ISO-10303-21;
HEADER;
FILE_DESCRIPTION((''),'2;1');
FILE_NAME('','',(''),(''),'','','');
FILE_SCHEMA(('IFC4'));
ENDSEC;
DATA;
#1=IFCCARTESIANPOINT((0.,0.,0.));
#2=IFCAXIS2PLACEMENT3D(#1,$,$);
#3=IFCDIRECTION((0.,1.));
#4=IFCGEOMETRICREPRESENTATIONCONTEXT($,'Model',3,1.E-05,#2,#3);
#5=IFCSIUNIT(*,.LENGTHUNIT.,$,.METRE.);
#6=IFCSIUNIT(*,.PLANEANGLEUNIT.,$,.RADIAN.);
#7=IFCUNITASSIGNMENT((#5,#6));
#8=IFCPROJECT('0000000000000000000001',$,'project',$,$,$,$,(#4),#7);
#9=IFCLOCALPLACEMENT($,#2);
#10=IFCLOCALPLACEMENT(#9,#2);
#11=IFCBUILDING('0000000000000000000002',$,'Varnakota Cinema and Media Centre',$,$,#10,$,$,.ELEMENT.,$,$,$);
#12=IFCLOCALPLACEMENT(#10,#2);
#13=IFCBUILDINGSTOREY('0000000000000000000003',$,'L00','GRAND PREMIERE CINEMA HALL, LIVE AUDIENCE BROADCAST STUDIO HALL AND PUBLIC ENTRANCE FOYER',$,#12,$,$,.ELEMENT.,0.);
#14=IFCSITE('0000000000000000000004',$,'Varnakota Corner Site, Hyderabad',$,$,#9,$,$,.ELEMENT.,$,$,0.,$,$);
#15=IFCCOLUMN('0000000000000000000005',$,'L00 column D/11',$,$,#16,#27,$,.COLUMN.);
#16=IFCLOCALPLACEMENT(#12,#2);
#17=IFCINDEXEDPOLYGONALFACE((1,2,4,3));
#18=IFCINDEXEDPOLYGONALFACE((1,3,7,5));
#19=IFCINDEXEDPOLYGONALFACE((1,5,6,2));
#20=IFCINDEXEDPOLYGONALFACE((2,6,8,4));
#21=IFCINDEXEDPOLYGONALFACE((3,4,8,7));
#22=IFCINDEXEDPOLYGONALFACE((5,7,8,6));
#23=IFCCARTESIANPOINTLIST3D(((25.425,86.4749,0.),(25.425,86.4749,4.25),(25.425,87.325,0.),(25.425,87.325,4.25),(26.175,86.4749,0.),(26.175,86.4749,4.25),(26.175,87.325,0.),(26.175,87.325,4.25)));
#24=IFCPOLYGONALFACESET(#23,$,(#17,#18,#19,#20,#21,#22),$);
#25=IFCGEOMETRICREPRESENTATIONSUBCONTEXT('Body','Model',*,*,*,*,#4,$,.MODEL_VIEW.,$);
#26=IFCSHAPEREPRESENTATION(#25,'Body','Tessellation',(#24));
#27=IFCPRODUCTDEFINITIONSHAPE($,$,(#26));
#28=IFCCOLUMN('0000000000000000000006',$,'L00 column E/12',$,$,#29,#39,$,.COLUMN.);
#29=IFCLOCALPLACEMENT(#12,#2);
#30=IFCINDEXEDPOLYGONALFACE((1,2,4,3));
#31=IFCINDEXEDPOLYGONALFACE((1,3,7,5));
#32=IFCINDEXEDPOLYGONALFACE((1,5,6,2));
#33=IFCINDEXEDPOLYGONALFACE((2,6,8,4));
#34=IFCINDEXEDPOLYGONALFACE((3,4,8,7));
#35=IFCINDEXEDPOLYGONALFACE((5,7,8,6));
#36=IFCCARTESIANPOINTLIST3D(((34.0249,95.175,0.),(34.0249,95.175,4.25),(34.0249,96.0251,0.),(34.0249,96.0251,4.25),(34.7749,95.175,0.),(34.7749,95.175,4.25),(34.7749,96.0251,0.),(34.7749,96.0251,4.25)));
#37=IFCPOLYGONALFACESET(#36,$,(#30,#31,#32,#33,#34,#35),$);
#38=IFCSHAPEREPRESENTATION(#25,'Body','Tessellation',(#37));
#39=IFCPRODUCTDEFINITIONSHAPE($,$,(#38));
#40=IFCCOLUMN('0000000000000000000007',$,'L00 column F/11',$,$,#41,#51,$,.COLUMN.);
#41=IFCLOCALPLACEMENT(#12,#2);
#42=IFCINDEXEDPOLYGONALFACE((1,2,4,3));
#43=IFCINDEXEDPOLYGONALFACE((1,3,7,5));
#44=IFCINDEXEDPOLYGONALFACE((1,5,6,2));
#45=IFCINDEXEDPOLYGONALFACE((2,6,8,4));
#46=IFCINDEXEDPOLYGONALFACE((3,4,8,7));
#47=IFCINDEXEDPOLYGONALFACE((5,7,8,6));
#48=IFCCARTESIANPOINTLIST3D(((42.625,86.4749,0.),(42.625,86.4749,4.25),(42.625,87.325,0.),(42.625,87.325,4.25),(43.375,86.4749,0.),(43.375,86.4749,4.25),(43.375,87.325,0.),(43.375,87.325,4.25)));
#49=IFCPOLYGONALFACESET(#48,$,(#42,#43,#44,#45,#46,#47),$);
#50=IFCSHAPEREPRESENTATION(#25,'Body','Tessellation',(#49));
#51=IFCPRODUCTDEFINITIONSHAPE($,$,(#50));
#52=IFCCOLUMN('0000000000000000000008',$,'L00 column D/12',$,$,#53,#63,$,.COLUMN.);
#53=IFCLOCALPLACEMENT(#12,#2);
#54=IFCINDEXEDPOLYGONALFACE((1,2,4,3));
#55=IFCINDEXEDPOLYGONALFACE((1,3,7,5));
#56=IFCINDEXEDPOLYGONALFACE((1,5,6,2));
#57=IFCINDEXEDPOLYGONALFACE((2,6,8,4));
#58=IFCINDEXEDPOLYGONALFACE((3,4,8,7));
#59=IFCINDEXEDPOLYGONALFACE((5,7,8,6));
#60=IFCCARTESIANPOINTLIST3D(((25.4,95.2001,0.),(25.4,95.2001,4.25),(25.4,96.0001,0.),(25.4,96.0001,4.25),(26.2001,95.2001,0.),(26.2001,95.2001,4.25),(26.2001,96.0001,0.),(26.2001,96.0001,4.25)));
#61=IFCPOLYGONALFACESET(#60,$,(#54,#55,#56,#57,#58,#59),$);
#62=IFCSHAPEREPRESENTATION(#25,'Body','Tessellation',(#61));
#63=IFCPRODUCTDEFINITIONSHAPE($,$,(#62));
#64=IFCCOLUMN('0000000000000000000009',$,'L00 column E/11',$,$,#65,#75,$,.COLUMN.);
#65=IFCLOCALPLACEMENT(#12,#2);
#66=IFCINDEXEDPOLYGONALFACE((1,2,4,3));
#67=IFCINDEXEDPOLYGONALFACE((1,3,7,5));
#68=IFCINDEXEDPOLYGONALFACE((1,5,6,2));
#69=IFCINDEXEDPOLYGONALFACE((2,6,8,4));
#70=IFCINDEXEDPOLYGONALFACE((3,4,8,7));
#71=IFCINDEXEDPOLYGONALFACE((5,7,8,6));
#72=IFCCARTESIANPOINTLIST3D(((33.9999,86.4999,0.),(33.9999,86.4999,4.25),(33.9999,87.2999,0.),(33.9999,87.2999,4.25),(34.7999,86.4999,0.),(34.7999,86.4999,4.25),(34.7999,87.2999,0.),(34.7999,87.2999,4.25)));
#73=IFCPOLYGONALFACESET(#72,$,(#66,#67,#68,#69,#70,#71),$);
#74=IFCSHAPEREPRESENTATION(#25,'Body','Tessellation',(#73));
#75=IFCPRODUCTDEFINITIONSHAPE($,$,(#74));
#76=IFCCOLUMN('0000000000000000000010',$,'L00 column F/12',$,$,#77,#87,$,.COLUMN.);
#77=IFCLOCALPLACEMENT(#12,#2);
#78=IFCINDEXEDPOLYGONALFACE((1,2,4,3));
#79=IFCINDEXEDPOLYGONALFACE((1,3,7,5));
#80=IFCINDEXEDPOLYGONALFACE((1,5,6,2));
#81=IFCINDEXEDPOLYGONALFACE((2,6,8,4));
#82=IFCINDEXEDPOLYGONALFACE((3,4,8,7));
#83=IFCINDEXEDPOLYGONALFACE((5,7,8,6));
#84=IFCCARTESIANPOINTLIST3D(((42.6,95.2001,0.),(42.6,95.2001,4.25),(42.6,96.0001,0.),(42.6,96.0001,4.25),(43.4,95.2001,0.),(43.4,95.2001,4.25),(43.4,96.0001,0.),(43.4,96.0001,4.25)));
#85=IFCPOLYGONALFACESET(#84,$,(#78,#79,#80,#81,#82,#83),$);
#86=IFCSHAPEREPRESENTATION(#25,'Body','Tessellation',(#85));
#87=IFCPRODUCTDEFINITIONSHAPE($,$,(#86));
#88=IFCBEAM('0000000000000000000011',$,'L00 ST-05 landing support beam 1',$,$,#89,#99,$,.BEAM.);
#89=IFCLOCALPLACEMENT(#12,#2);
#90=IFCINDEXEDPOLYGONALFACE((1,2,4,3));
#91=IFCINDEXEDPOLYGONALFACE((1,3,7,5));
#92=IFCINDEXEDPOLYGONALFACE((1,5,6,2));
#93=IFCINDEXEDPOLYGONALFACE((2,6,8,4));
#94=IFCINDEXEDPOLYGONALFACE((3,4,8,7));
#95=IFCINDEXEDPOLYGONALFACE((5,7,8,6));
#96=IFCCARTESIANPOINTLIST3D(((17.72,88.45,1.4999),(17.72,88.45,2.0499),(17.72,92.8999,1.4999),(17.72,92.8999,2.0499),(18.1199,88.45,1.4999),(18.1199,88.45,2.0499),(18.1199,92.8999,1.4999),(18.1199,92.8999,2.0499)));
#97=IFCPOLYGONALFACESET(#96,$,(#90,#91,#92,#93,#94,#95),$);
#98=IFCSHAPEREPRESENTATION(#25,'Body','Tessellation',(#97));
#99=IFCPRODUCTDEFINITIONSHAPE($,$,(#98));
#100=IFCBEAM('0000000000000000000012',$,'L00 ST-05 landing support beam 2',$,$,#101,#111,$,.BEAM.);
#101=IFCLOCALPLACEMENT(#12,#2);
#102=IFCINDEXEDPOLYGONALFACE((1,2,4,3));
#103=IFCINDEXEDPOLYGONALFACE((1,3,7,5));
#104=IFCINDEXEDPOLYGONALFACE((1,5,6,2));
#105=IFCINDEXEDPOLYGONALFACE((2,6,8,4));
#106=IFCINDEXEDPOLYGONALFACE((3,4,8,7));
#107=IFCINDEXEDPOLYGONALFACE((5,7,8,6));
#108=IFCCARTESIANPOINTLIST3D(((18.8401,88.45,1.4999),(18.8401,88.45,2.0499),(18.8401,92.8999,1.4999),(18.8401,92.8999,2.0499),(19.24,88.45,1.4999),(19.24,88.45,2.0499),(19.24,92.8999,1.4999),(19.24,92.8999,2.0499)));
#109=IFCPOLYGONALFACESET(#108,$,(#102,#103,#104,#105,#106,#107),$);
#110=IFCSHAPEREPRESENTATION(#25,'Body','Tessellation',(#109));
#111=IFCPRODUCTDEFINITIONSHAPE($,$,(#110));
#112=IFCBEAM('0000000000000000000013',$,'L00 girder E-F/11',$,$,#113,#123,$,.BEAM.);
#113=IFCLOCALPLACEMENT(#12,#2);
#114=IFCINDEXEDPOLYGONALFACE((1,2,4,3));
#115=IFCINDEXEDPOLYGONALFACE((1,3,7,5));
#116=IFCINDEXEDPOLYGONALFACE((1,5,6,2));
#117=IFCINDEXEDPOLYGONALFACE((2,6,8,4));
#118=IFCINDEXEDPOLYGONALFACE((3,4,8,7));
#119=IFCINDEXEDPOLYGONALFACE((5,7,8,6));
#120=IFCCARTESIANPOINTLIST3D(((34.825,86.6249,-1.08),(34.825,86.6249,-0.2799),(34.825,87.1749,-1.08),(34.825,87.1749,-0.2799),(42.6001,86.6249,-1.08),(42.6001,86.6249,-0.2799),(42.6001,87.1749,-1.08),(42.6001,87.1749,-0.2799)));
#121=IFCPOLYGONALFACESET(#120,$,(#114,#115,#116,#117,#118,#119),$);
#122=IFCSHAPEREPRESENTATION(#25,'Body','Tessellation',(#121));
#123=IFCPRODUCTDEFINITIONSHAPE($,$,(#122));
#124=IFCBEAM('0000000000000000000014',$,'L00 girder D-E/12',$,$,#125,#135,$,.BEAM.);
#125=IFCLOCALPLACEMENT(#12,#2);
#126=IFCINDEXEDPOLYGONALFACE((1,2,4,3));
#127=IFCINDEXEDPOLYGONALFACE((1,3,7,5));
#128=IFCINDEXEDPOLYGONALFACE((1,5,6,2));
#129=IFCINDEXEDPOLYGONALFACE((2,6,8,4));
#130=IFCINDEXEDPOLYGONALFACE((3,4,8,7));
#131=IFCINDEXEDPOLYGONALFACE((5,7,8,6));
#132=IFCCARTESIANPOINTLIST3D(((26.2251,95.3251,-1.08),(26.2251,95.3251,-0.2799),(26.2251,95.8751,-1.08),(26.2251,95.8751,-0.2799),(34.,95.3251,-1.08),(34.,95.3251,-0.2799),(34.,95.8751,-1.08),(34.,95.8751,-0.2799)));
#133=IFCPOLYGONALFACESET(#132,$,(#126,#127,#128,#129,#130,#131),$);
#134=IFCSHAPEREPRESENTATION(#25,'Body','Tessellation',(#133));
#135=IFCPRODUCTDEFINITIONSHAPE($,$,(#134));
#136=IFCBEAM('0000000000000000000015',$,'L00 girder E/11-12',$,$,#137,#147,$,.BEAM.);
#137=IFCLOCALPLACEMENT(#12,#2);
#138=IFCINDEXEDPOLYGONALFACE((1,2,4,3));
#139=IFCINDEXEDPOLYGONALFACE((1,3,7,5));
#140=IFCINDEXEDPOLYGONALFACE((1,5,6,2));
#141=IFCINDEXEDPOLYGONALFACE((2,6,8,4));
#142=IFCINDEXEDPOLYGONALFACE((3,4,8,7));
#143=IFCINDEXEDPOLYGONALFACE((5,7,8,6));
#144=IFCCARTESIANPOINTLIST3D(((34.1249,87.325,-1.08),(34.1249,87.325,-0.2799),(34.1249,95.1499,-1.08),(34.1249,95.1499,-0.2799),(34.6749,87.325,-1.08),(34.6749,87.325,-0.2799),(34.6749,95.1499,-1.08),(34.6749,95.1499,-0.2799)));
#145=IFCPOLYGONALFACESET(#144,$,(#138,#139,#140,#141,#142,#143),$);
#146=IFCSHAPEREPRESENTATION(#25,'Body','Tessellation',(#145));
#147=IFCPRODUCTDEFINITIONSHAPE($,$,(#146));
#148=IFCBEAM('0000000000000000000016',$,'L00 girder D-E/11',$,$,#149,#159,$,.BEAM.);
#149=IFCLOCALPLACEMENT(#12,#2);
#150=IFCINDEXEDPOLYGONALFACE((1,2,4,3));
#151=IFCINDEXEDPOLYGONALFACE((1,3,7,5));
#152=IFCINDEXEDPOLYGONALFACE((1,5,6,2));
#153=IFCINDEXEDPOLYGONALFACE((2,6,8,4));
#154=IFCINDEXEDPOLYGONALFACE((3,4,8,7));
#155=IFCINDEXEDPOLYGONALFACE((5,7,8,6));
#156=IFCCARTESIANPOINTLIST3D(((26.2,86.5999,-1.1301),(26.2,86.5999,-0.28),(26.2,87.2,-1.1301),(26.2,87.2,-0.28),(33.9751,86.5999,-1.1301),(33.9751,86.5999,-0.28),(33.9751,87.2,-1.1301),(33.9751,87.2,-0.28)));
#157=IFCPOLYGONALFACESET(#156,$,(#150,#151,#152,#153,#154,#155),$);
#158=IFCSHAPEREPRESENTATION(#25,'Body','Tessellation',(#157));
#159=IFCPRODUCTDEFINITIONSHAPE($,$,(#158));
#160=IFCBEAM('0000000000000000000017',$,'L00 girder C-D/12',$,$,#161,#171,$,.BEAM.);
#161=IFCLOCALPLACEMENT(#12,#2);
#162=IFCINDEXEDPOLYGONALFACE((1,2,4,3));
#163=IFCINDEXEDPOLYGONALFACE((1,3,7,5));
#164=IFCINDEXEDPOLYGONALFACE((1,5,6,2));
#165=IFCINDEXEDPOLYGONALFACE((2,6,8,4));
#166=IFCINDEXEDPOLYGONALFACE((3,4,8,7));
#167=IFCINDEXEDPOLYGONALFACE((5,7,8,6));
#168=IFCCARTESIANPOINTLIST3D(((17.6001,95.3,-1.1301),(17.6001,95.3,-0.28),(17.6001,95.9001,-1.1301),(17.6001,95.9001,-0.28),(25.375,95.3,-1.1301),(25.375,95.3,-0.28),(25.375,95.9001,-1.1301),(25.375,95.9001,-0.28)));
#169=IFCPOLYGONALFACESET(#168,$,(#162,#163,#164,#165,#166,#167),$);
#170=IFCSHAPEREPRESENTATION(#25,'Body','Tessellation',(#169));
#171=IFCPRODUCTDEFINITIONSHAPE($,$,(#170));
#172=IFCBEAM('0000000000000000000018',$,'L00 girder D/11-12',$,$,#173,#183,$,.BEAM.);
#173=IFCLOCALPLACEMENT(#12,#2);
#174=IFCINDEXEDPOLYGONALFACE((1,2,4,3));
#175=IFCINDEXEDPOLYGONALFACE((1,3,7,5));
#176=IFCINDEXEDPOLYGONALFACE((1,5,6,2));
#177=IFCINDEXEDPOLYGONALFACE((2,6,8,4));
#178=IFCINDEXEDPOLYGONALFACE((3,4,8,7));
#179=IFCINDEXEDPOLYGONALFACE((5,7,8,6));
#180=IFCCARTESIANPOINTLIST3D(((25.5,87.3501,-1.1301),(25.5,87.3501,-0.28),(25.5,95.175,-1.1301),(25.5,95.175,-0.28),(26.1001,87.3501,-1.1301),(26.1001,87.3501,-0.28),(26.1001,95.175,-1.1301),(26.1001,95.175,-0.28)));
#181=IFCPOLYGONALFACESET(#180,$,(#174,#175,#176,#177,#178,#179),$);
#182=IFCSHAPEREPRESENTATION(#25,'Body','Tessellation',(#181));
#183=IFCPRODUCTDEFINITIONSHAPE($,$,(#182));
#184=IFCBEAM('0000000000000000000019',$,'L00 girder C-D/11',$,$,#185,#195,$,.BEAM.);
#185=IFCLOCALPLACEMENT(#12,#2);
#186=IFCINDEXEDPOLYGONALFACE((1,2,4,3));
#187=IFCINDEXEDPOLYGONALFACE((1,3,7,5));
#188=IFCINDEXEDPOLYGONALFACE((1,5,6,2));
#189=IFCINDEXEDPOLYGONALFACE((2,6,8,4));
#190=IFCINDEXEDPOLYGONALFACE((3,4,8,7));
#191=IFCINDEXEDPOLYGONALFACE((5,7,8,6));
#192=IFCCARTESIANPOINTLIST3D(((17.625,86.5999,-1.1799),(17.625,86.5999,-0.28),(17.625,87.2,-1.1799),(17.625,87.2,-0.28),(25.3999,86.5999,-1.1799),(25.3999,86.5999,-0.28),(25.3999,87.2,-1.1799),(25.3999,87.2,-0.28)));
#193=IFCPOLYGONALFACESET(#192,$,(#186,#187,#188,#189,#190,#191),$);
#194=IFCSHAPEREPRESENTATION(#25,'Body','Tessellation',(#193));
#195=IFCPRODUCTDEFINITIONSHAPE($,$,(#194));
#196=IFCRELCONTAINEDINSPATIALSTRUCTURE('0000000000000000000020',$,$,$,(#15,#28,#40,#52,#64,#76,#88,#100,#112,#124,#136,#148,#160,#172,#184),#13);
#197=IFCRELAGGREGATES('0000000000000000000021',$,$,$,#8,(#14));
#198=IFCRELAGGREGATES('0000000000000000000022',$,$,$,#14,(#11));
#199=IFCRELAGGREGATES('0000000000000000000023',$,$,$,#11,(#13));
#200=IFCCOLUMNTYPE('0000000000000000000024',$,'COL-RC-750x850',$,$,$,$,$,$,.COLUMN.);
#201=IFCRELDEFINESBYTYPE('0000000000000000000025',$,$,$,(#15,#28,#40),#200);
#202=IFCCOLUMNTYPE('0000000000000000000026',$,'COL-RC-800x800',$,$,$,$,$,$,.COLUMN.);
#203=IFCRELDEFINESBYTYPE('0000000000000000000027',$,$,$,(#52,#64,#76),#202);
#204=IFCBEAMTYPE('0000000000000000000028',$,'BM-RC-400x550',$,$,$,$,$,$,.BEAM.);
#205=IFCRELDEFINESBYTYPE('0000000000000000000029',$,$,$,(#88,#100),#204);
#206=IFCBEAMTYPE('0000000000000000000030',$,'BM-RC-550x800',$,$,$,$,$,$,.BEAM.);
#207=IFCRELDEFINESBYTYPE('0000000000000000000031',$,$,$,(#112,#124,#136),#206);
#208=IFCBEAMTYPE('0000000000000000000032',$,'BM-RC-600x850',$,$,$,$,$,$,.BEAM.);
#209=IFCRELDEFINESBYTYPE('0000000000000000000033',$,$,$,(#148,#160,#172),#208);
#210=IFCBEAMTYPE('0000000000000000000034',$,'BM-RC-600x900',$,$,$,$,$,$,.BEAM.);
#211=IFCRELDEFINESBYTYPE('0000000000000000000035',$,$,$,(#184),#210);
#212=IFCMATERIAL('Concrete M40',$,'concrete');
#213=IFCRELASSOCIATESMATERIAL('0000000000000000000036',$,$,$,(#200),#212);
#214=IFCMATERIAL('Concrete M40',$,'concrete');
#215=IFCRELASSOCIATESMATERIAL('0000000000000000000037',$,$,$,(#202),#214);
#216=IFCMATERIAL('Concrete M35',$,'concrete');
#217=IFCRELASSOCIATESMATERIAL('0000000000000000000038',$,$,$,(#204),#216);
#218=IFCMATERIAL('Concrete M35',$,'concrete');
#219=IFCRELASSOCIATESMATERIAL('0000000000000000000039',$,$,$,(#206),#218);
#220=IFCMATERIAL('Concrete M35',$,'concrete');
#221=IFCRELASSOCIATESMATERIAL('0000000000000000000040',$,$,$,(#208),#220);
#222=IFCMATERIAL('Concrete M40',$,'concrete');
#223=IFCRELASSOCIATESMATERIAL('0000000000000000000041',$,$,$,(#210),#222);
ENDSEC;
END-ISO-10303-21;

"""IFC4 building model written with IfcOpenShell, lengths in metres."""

from ifc_helpers import new_model, si_unit, direction, frame, origin, origin_2d, place, context, subcontext, project, spatial, rectangle, extrude, material, material_profile, profile_set, type_object, element, save


model = new_model("IFC4")

# Units and contexts
model_context = context("Model", 3, precision=1e-05, world=origin(), true_north=direction((0.0, 1.0)))
body_context = subcontext(model_context, "Body", "Model", "MODEL_VIEW")
ifc_project = project(units=[si_unit("LENGTHUNIT", "METRE"), si_unit("PLANEANGLEUNIT", "RADIAN")], contexts=[model_context])

# Site, building, storey
site_placement = place(None, origin())
site = spatial("IfcSite", under=ifc_project, at=site_placement, Name="Varnakota Corner Site, Hyderabad", CompositionType="ELEMENT", RefElevation=0.0)
building_placement = place(site_placement, origin())
building = spatial("IfcBuilding", under=site, at=building_placement, Name="Varnakota Cinema and Media Centre", CompositionType="ELEMENT")
storey_placement = place(building_placement, origin())
storey = spatial("IfcBuildingStorey", under=building, at=storey_placement, Name="L00", Description="GRAND PREMIERE CINEMA HALL, LIVE AUDIENCE BROADCAST STUDIO HALL AND PUBLIC ENTRANCE FOYER", CompositionType="ELEMENT", Elevation=0.0)

# Columns
ifc_material_1 = material(Name="Concrete M40", Category="concrete")
ifc_material_profile_1 = material_profile(ifc_material_1, rectangle(XDim=0.75, YDim=0.8501, at=origin_2d()), Name="RC 750x850")
ifc_profile_set_1 = profile_set([ifc_material_profile_1], Name="Concrete M40")
column_type_1 = type_object("IfcColumnType", Name="COL-RC-750x850", PredefinedType="COLUMN", material=ifc_profile_set_1)
for number, where, z_axis, x_axis, name in (
    (1, (25.8, 86.8999, 0.0), (0.0, 0.0, 1.0), (1.0, 0.0, 0.0), "L00 column D/11"),
    (2, (34.3999, 95.6001, 0.0), (0.0, 0.0, 1.0), (1.0, 0.0, 0.0), "L00 column E/12"),
    (3, (43.0, 86.8999, 0.0), (0.0, 0.0, 1.0), (1.0, 0.0, 0.0), "L00 column F/11"),
):
    element("IfcColumn", number, at=place(storey_placement, frame(where, z_axis=z_axis, x_axis=x_axis)), inside=storey, type_object=column_type_1, Name=name, PredefinedType="COLUMN", context=body_context, shape_type="SweptSolid", body=[
        extrude(rectangle(XDim=0.75, YDim=0.8501, at=origin_2d()), origin(), (0.0, 0.0, 1.0), 4.25),
    ])
ifc_material_2 = material(Name="Concrete M40", Category="concrete")
ifc_material_profile_2 = material_profile(ifc_material_2, rectangle(XDim=0.8, YDim=0.8, at=origin_2d()), Name="RC 800x800")
ifc_profile_set_2 = profile_set([ifc_material_profile_2], Name="Concrete M40")
column_type_2 = type_object("IfcColumnType", Name="COL-RC-800x800", PredefinedType="COLUMN", material=ifc_profile_set_2)
for number, where, z_axis, x_axis, name in (
    (4, (25.8, 95.6001, 0.0), (0.0, 0.0, 1.0), (1.0, 0.0, 0.0), "L00 column D/12"),
    (5, (34.3999, 86.8999, 0.0), (0.0, 0.0, 1.0), (1.0, 0.0, 0.0), "L00 column E/11"),
    (6, (43.0, 95.6001, 0.0), (0.0, 0.0, 1.0), (1.0, 0.0, 0.0), "L00 column F/12"),
):
    element("IfcColumn", number, at=place(storey_placement, frame(where, z_axis=z_axis, x_axis=x_axis)), inside=storey, type_object=column_type_2, Name=name, PredefinedType="COLUMN", context=body_context, shape_type="SweptSolid", body=[
        extrude(rectangle(XDim=0.8, YDim=0.8, at=origin_2d()), origin(), (0.0, 0.0, 1.0), 4.25),
    ])

# Beams
ifc_material_3 = material(Name="Concrete M35", Category="concrete")
ifc_material_profile_3 = material_profile(ifc_material_3, rectangle(XDim=0.3999, YDim=0.55, at=origin_2d()), Name="RCB 400x550")
ifc_profile_set_3 = profile_set([ifc_material_profile_3], Name="Concrete M35")
beam_type_1 = type_object("IfcBeamType", Name="BM-RC-400x550", PredefinedType="BEAM", material=ifc_profile_set_3)
for number, where, z_axis, x_axis, name in (
    (7, (17.9199, 88.45, 1.7749), (0.0, 1.0, 0.0), (-1.0, 0.0, 0.0), "L00 ST-05 landing support beam 1"),
    (8, (19.04, 88.45, 1.7749), (0.0, 1.0, 0.0), (-1.0, 0.0, 0.0), "L00 ST-05 landing support beam 2"),
):
    element("IfcBeam", number, at=place(storey_placement, frame(where, z_axis=z_axis, x_axis=x_axis)), inside=storey, type_object=beam_type_1, Name=name, PredefinedType="BEAM", context=body_context, shape_type="SweptSolid", body=[
        extrude(rectangle(XDim=0.3999, YDim=0.55, at=origin_2d()), origin(), (0.0, 0.0, 1.0), 4.45),
    ])
ifc_material_4 = material(Name="Concrete M35", Category="concrete")
ifc_material_profile_4 = material_profile(ifc_material_4, rectangle(XDim=0.55, YDim=0.8, at=origin_2d()), Name="RCB 550x800")
ifc_profile_set_4 = profile_set([ifc_material_profile_4], Name="Concrete M35")
beam_type_2 = type_object("IfcBeamType", Name="BM-RC-550x800", PredefinedType="BEAM", material=ifc_profile_set_4)
beam_1_placement = place(storey_placement, frame((34.825, 86.8999, -0.6799), z_axis=(1.0, 0.0, 0.0), x_axis=(0.0, 1.0, 0.0)))
element("IfcBeam", 9, at=beam_1_placement, inside=storey, type_object=beam_type_2, Name="L00 girder E-F/11", PredefinedType="BEAM", context=body_context, shape_type="SweptSolid", body=[
    extrude(rectangle(XDim=0.55, YDim=0.8, at=origin_2d()), origin(), (0.0, 0.0, 1.0), 7.7751),
])
beam_2_placement = place(storey_placement, frame((26.2251, 95.6001, -0.6799), z_axis=(1.0, 0.0, 0.0), x_axis=(0.0, 1.0, 0.0)))
element("IfcBeam", 10, at=beam_2_placement, inside=storey, type_object=beam_type_2, Name="L00 girder D-E/12", PredefinedType="BEAM", context=body_context, shape_type="SweptSolid", body=[
    extrude(rectangle(XDim=0.55, YDim=0.8, at=origin_2d()), origin(), (0.0, 0.0, 1.0), 7.7749),
])
beam_3_placement = place(storey_placement, frame((34.3999, 87.325, -0.6799), z_axis=(0.0, 1.0, 0.0), x_axis=(-1.0, 0.0, 0.0)))
element("IfcBeam", 11, at=beam_3_placement, inside=storey, type_object=beam_type_2, Name="L00 girder E/11-12", PredefinedType="BEAM", context=body_context, shape_type="SweptSolid", body=[
    extrude(rectangle(XDim=0.55, YDim=0.8, at=origin_2d()), origin(), (0.0, 0.0, 1.0), 7.825),
])
ifc_material_5 = material(Name="Concrete M35", Category="concrete")
ifc_material_profile_5 = material_profile(ifc_material_5, rectangle(XDim=0.6001, YDim=0.8501, at=origin_2d()), Name="RCB 600x850")
ifc_profile_set_5 = profile_set([ifc_material_profile_5], Name="Concrete M35")
beam_type_3 = type_object("IfcBeamType", Name="BM-RC-600x850", PredefinedType="BEAM", material=ifc_profile_set_5)
beam_4_placement = place(storey_placement, frame((26.2, 86.8999, -0.7051), z_axis=(1.0, 0.0, 0.0), x_axis=(0.0, 1.0, 0.0)))
element("IfcBeam", 12, at=beam_4_placement, inside=storey, type_object=beam_type_3, Name="L00 girder D-E/11", PredefinedType="BEAM", context=body_context, shape_type="SweptSolid", body=[
    extrude(rectangle(XDim=0.6001, YDim=0.8501, at=origin_2d()), origin(), (0.0, 0.0, 1.0), 7.7751),
])
beam_5_placement = place(storey_placement, frame((17.6001, 95.6001, -0.7051), z_axis=(1.0, 0.0, 0.0), x_axis=(0.0, 1.0, 0.0)))
element("IfcBeam", 13, at=beam_5_placement, inside=storey, type_object=beam_type_3, Name="L00 girder C-D/12", PredefinedType="BEAM", context=body_context, shape_type="SweptSolid", body=[
    extrude(rectangle(XDim=0.6001, YDim=0.8501, at=origin_2d()), origin(), (0.0, 0.0, 1.0), 7.7749),
])
beam_6_placement = place(storey_placement, frame((25.8, 87.3501, -0.7051), z_axis=(0.0, 1.0, 0.0), x_axis=(-1.0, 0.0, 0.0)))
element("IfcBeam", 14, at=beam_6_placement, inside=storey, type_object=beam_type_3, Name="L00 girder D/11-12", PredefinedType="BEAM", context=body_context, shape_type="SweptSolid", body=[
    extrude(rectangle(XDim=0.6001, YDim=0.8501, at=origin_2d()), origin(), (0.0, 0.0, 1.0), 7.825),
])
ifc_material_6 = material(Name="Concrete M40", Category="concrete")
ifc_material_profile_6 = material_profile(ifc_material_6, rectangle(XDim=0.6001, YDim=0.8999, at=origin_2d()), Name="RCB 600x900")
ifc_profile_set_6 = profile_set([ifc_material_profile_6], Name="Concrete M40")
beam_type_4 = type_object("IfcBeamType", Name="BM-RC-600x900", PredefinedType="BEAM", material=ifc_profile_set_6)
for number, where, z_axis, x_axis, name in (
    (15, (17.625, 86.8999, -0.73), (1.0, 0.0, 0.0), (0.0, 1.0, 0.0), "L00 girder C-D/11"),
):
    element("IfcBeam", number, at=place(storey_placement, frame(where, z_axis=z_axis, x_axis=x_axis)), inside=storey, type_object=beam_type_4, Name=name, PredefinedType="BEAM", context=body_context, shape_type="SweptSolid", body=[
        extrude(rectangle(XDim=0.6001, YDim=0.8999, at=origin_2d()), origin(), (0.0, 0.0, 1.0), 7.7749),
    ])

save(model, "model.ifc")
